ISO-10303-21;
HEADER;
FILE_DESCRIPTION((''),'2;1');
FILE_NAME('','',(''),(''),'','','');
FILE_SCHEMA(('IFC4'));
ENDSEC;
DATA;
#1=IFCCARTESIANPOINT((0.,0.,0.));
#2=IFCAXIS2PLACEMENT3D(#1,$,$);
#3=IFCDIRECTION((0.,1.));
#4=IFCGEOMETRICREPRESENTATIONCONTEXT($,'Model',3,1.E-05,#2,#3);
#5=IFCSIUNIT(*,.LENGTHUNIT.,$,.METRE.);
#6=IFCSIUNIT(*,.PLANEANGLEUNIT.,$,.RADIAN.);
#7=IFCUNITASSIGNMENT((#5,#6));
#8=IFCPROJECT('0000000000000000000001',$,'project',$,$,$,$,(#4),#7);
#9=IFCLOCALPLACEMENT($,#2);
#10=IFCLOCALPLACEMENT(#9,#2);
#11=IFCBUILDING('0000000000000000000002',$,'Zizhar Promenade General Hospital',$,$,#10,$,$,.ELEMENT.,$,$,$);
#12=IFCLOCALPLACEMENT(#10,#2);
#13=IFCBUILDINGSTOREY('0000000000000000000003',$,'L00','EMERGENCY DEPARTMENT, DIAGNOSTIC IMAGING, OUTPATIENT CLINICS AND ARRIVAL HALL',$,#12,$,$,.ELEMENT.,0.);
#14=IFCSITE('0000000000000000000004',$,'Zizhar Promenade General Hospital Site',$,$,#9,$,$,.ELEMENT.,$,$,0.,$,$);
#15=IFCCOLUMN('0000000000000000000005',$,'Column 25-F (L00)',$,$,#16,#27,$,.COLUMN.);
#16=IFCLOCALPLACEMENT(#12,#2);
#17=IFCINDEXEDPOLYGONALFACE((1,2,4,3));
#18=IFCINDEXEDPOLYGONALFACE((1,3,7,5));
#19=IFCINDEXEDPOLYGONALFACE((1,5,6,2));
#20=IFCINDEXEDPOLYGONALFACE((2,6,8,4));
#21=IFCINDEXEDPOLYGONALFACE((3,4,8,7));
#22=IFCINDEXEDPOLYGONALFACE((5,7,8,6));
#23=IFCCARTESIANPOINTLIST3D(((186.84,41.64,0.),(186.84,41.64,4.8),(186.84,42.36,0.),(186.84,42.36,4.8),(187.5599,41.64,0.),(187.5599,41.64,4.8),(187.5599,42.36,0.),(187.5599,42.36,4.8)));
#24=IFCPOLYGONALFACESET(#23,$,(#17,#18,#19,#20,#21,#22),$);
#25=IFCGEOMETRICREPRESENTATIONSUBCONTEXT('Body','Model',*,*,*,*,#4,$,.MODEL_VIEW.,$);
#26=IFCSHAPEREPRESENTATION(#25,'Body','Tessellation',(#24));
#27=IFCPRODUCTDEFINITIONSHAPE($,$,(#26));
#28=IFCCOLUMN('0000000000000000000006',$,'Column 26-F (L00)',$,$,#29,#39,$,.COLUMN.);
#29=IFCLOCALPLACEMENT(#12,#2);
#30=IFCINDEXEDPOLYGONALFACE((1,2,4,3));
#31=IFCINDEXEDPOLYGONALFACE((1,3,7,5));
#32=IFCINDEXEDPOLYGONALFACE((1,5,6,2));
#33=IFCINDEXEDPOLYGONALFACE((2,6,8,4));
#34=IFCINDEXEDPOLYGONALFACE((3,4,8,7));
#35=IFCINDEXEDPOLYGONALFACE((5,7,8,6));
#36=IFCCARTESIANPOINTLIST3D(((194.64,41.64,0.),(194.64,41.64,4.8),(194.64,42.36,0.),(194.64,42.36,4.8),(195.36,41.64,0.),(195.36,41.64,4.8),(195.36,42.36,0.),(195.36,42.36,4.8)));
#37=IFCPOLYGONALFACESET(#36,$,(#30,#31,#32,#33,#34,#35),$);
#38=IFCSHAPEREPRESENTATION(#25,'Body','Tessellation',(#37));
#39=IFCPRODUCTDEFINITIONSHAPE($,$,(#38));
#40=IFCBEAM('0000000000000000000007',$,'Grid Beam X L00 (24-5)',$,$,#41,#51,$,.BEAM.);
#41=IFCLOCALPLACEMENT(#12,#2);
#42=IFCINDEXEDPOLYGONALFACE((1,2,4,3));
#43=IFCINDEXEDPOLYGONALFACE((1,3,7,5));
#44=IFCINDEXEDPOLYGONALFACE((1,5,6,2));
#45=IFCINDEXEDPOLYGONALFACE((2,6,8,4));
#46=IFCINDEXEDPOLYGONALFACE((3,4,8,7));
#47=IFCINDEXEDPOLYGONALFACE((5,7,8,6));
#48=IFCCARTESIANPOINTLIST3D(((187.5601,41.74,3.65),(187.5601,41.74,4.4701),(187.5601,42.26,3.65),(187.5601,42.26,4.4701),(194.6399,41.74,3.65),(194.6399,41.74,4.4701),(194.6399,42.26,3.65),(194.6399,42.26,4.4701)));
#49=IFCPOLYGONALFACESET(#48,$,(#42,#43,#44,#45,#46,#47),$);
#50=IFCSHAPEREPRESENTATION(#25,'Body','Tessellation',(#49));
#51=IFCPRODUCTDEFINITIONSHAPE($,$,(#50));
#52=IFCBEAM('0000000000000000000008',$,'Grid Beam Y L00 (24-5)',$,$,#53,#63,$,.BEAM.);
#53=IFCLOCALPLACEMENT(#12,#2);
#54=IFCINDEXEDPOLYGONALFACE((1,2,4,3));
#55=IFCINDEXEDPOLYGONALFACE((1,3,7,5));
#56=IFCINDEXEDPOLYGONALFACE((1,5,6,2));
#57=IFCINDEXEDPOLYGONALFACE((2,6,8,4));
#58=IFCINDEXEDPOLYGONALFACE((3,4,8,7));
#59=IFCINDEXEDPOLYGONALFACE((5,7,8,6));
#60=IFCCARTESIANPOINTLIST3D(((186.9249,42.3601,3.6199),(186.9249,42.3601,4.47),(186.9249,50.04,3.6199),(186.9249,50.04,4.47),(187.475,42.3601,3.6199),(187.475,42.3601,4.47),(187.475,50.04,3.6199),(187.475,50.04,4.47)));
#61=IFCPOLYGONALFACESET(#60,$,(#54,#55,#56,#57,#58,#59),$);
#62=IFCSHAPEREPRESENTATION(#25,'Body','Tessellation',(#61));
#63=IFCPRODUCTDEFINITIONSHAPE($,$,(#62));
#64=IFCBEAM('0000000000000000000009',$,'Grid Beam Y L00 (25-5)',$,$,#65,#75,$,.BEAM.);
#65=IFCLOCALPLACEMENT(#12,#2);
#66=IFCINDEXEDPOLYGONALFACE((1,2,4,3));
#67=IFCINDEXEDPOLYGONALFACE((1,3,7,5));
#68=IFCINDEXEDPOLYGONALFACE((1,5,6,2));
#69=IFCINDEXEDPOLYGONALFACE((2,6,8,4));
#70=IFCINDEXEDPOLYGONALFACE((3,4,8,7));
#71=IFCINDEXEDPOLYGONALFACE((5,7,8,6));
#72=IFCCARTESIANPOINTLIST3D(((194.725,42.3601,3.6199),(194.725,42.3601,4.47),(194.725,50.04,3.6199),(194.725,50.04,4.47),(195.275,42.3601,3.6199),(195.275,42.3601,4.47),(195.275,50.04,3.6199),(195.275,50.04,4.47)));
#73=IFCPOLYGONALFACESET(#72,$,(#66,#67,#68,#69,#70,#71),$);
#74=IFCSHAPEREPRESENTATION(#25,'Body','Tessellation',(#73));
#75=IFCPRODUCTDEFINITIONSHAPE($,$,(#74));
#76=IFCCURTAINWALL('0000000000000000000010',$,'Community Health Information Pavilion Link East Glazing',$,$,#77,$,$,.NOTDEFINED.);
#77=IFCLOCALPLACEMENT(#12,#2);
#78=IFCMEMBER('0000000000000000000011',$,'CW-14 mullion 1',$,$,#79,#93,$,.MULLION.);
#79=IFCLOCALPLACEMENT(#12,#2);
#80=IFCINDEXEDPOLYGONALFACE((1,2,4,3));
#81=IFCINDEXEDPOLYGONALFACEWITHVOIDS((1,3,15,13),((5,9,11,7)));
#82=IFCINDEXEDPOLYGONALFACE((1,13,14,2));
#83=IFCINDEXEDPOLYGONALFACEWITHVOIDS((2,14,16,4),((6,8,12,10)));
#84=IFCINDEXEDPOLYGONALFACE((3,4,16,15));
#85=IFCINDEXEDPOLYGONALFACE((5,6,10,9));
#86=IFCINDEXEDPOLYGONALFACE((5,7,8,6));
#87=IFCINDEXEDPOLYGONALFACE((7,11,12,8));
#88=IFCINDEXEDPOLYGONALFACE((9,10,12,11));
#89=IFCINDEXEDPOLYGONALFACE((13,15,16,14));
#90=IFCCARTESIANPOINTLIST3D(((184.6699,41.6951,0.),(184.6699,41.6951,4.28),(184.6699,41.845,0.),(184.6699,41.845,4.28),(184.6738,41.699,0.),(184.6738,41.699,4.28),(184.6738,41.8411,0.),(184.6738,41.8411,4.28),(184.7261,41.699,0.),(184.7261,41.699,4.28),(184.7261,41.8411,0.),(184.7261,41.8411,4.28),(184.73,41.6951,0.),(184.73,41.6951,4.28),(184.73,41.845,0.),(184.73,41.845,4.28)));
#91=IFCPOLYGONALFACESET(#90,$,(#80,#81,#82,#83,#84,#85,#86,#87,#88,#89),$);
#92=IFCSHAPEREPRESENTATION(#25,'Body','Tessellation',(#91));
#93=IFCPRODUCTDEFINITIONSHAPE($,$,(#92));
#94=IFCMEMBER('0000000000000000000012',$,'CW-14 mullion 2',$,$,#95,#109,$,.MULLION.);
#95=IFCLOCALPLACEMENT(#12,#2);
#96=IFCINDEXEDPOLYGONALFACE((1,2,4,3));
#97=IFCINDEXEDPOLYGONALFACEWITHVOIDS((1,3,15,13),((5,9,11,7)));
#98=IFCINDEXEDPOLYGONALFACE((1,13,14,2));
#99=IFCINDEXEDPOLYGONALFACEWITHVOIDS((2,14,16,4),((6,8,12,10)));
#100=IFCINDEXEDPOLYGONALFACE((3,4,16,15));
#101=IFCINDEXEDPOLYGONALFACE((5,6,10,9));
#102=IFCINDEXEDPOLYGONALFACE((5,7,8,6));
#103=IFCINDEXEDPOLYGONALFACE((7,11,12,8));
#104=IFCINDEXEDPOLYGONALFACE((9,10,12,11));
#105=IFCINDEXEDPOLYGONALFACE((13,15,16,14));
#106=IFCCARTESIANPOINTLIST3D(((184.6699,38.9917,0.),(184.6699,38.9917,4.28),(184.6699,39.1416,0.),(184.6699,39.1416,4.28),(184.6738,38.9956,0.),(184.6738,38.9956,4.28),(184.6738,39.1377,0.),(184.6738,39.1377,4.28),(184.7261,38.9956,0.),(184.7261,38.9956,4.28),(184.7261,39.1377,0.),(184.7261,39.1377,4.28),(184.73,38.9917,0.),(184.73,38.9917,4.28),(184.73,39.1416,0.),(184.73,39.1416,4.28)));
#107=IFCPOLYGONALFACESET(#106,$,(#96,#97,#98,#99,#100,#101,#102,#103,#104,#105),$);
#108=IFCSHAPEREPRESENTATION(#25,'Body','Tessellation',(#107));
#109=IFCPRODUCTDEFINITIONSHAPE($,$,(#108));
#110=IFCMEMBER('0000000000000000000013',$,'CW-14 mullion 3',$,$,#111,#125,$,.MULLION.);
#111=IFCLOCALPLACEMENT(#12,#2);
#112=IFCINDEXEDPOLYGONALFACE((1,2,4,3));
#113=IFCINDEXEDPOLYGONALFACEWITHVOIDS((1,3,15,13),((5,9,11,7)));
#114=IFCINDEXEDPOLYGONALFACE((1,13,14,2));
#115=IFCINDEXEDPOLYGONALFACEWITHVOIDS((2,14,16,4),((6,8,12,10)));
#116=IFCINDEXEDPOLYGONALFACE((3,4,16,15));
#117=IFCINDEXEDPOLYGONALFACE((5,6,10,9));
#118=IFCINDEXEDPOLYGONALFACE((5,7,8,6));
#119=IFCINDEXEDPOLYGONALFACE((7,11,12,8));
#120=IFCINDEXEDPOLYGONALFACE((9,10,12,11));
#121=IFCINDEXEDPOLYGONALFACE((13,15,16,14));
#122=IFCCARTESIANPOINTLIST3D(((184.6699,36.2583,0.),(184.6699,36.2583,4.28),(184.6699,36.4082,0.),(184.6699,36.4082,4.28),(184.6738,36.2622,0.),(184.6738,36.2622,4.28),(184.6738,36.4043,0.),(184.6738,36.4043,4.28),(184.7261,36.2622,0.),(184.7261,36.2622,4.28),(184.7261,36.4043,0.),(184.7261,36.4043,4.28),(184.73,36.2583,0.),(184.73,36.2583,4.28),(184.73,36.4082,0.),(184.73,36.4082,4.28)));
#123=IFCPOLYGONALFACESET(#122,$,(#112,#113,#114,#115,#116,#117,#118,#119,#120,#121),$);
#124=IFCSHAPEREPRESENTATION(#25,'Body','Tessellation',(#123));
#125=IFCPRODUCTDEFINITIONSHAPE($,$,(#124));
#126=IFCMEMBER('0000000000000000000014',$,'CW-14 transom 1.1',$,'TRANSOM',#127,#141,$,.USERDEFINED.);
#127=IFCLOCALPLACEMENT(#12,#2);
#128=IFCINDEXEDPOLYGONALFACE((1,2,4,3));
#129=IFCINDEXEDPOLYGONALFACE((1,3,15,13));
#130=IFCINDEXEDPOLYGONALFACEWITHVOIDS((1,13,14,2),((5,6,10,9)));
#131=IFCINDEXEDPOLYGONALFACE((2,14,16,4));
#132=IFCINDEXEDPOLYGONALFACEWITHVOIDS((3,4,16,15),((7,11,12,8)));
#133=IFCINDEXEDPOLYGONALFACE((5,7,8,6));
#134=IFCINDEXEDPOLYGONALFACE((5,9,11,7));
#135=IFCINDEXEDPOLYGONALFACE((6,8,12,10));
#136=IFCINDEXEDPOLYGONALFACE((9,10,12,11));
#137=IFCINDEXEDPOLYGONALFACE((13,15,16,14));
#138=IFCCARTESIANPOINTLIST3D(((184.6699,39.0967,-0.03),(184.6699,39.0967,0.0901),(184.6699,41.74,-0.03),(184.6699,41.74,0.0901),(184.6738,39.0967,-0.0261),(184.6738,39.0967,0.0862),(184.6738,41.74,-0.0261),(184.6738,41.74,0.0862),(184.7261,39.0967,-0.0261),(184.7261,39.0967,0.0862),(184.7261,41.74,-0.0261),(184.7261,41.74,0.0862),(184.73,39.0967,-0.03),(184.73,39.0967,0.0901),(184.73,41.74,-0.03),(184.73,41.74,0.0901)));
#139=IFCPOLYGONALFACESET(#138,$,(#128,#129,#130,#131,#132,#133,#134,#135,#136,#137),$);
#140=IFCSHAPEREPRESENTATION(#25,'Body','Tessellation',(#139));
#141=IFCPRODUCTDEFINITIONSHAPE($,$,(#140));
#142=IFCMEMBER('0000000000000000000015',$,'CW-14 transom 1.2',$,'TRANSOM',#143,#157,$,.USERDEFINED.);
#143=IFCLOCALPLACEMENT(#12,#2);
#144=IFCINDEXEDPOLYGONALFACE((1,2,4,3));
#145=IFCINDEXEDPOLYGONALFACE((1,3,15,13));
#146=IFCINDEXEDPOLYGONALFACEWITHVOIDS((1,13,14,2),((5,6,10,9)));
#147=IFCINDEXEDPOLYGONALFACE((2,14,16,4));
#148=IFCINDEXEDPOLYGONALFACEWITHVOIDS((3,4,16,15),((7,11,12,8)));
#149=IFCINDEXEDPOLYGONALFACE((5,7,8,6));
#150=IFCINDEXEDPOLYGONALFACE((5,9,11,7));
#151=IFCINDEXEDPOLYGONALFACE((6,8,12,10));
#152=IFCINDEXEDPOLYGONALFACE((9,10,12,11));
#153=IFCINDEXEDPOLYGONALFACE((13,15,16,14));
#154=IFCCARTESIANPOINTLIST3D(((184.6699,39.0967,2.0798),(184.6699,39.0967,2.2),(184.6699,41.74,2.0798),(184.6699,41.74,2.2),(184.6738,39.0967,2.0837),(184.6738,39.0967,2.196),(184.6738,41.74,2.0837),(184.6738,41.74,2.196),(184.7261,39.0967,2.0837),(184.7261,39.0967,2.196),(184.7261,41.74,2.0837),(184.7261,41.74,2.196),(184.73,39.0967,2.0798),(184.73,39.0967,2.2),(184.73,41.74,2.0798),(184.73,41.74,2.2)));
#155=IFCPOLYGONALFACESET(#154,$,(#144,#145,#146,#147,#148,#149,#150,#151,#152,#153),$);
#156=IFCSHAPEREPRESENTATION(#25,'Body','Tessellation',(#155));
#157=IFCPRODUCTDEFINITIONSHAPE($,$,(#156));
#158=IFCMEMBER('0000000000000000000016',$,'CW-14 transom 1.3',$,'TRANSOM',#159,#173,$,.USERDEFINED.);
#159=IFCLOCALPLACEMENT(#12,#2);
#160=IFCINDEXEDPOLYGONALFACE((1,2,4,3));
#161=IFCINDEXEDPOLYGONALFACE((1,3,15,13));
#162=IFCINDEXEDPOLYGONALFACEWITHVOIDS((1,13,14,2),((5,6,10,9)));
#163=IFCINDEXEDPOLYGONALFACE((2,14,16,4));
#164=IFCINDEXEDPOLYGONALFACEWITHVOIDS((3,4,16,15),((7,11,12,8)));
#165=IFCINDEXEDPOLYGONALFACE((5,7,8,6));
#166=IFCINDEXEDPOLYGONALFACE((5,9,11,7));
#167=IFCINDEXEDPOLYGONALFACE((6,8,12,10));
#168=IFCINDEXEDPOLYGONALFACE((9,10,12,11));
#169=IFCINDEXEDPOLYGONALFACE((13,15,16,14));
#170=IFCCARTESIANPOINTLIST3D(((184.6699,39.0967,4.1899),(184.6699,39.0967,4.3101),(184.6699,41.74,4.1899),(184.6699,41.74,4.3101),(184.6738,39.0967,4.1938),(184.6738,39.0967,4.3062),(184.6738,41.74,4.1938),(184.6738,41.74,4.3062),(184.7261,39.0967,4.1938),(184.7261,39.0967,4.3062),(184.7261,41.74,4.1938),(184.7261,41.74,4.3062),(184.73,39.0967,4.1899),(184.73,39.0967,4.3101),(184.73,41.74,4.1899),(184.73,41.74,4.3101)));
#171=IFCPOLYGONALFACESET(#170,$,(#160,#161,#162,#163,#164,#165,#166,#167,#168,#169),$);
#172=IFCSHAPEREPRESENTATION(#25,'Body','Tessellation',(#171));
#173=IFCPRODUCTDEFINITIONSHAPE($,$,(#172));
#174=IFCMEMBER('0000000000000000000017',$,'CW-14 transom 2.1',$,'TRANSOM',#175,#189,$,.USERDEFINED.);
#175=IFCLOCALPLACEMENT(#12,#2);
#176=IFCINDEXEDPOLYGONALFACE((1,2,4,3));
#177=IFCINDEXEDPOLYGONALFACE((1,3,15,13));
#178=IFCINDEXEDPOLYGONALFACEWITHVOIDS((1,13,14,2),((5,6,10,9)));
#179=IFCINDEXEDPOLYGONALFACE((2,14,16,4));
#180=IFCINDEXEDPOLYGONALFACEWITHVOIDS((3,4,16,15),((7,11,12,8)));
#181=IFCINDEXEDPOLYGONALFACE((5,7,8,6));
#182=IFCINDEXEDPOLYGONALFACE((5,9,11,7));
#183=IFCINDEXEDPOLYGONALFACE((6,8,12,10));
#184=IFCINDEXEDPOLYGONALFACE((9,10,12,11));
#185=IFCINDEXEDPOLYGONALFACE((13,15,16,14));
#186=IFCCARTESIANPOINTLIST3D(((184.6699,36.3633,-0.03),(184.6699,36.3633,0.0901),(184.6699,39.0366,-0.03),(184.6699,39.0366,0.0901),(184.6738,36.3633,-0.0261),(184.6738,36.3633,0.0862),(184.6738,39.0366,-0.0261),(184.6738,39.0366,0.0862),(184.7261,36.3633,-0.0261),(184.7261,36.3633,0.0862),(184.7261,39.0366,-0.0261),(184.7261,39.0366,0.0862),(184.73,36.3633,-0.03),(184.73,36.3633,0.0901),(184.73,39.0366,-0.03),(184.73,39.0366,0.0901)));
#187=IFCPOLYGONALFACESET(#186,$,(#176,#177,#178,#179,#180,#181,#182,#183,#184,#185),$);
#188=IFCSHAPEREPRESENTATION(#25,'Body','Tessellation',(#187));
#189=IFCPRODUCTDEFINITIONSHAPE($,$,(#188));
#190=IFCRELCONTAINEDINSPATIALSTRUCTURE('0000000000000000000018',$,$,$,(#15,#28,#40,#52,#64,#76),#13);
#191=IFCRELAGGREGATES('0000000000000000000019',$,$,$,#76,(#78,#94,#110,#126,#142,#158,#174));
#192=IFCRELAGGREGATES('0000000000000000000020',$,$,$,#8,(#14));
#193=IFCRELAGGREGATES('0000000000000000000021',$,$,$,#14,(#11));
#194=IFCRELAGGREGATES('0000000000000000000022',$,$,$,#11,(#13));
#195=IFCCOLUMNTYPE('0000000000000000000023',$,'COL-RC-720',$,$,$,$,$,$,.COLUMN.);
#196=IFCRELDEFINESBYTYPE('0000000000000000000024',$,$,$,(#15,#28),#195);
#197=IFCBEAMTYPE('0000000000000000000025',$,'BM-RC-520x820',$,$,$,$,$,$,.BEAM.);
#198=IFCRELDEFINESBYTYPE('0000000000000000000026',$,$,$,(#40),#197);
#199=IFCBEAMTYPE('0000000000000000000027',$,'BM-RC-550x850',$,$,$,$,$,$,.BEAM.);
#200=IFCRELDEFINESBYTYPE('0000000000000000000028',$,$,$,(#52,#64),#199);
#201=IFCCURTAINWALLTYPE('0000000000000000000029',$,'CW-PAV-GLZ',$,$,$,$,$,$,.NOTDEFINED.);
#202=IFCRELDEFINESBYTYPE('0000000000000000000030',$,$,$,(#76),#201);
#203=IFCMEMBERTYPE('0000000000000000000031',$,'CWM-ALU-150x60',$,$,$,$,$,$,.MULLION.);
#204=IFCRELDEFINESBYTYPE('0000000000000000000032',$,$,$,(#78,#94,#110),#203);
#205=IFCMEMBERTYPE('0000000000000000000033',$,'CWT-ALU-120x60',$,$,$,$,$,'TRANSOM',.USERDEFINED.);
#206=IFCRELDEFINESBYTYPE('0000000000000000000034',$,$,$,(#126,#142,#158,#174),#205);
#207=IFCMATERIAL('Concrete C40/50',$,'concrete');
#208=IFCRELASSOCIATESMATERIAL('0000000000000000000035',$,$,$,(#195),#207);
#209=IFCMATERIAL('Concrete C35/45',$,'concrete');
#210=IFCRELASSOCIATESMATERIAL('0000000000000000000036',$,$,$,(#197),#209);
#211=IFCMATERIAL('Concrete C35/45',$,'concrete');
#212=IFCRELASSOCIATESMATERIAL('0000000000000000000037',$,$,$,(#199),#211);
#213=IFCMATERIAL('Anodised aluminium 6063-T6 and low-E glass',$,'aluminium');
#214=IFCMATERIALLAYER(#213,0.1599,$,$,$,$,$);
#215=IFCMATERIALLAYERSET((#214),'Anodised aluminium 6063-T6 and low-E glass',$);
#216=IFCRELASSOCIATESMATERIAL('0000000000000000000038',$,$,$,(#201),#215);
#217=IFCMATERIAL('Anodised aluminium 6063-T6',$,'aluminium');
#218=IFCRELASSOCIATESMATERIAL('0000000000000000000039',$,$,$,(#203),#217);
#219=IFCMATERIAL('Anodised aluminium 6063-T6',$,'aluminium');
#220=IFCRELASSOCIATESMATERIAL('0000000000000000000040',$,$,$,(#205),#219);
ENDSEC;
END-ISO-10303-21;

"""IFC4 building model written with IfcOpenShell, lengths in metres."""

from ifc_helpers import new_model, si_unit, direction, frame, origin, origin_2d, place, context, subcontext, project, spatial, rectangle, hollow_rectangle, extrude, material, layer, layer_set, material_profile, profile_set, type_object, element, aggregate, save


model = new_model("IFC4")

# Units and contexts
model_context = context("Model", 3, precision=1e-05, world=origin(), true_north=direction((0.0, 1.0)))
body_context = subcontext(model_context, "Body", "Model", "MODEL_VIEW")
ifc_project = project(units=[si_unit("LENGTHUNIT", "METRE"), si_unit("PLANEANGLEUNIT", "RADIAN")], contexts=[model_context])

# Site, building, storey
site_placement = place(None, origin())
site = spatial("IfcSite", under=ifc_project, at=site_placement, Name="Zizhar Promenade General Hospital Site", CompositionType="ELEMENT", RefElevation=0.0)
building_placement = place(site_placement, origin())
building = spatial("IfcBuilding", under=site, at=building_placement, Name="Zizhar Promenade General Hospital", CompositionType="ELEMENT")
storey_placement = place(building_placement, origin())
storey = spatial("IfcBuildingStorey", under=building, at=storey_placement, Name="L00", Description="EMERGENCY DEPARTMENT, DIAGNOSTIC IMAGING, OUTPATIENT CLINICS AND ARRIVAL HALL", CompositionType="ELEMENT", Elevation=0.0)

# Columns
ifc_material_1 = material(Name="Concrete C40/50", Category="concrete")
ifc_material_profile_1 = material_profile(ifc_material_1, rectangle(XDim=0.72, YDim=0.72, at=origin_2d()))
ifc_profile_set_1 = profile_set([ifc_material_profile_1], Name="Concrete C40/50")
column_type = type_object("IfcColumnType", Name="COL-RC-720", PredefinedType="COLUMN", material=ifc_profile_set_1)
for number, where, z_axis, x_axis, name in (
    (1, (187.2, 42.0, 0.0), (0.0, 0.0, 1.0), (1.0, 0.0, 0.0), "Column 25-F (L00)"),
    (2, (195.0, 42.0, 0.0), (0.0, 0.0, 1.0), (1.0, 0.0, 0.0), "Column 26-F (L00)"),
):
    element("IfcColumn", number, at=place(storey_placement, frame(where, z_axis=z_axis, x_axis=x_axis)), inside=storey, type_object=column_type, Name=name, PredefinedType="COLUMN", context=body_context, shape_type="SweptSolid", body=[
        extrude(rectangle(XDim=0.72, YDim=0.72, at=origin_2d()), origin(), (0.0, 0.0, 1.0), 4.8),
    ])

# Beams
ifc_material_2 = material(Name="Concrete C35/45", Category="concrete")
ifc_material_profile_2 = material_profile(ifc_material_2, rectangle(XDim=0.52, YDim=0.8201, at=origin_2d()))
ifc_profile_set_2 = profile_set([ifc_material_profile_2], Name="Concrete C35/45")
beam_type_1 = type_object("IfcBeamType", Name="BM-RC-520x820", PredefinedType="BEAM", material=ifc_profile_set_2)
beam_placement = place(storey_placement, frame((187.5601, 42.0, 4.0601), z_axis=(1.0, 0.0, 0.0), x_axis=(0.0, 1.0, 0.0)))
element("IfcBeam", 3, at=beam_placement, inside=storey, type_object=beam_type_1, Name="Grid Beam X L00 (24-5)", PredefinedType="BEAM", context=body_context, shape_type="SweptSolid", body=[
    extrude(rectangle(XDim=0.52, YDim=0.8201, at=origin_2d()), origin(), (0.0, 0.0, 1.0), 7.0798),
])
ifc_material_3 = material(Name="Concrete C35/45", Category="concrete")
ifc_material_profile_3 = material_profile(ifc_material_3, rectangle(XDim=0.55, YDim=0.8501, at=origin_2d()))
ifc_profile_set_3 = profile_set([ifc_material_profile_3], Name="Concrete C35/45")
beam_type_2 = type_object("IfcBeamType", Name="BM-RC-550x850", PredefinedType="BEAM", material=ifc_profile_set_3)
for number, where, z_axis, x_axis, name in (
    (4, (187.2, 42.3601, 4.0449), (0.0, 1.0, 0.0), (-1.0, 0.0, 0.0), "Grid Beam Y L00 (24-5)"),
    (5, (195.0, 42.3601, 4.0449), (0.0, 1.0, 0.0), (-1.0, 0.0, 0.0), "Grid Beam Y L00 (25-5)"),
):
    element("IfcBeam", number, at=place(storey_placement, frame(where, z_axis=z_axis, x_axis=x_axis)), inside=storey, type_object=beam_type_2, Name=name, PredefinedType="BEAM", context=body_context, shape_type="SweptSolid", body=[
        extrude(rectangle(XDim=0.55, YDim=0.8501, at=origin_2d()), origin(), (0.0, 0.0, 1.0), 7.6799),
    ])

# Curtain wall, members
ifc_material_4 = material(Name="Anodised aluminium 6063-T6 and low-E glass", Category="aluminium")
ifc_layer_1 = layer(ifc_material_4, 0.1599)
ifc_layer_set_1 = layer_set([ifc_layer_1], Name="Anodised aluminium 6063-T6 and low-E glass")
curtain_wall_type = type_object("IfcCurtainWallType", Name="CW-PAV-GLZ", PredefinedType="NOTDEFINED", material=ifc_layer_set_1)
curtain_wall_placement = place(storey_placement, origin())
curtain_wall = element("IfcCurtainWall", 6, at=curtain_wall_placement, inside=storey, type_object=curtain_wall_type, Name="Community Health Information Pavilion Link East Glazing", PredefinedType="NOTDEFINED")
ifc_material_5 = material(Name="Anodised aluminium 6063-T6", Category="aluminium")
ifc_material_profile_4 = material_profile(ifc_material_5, hollow_rectangle(XDim=0.0601, YDim=0.1499, WallThickness=0.0039, at=origin_2d()))
ifc_profile_set_4 = profile_set([ifc_material_profile_4], Name="Anodised aluminium 6063-T6")
member_type_1 = type_object("IfcMemberType", Name="CWM-ALU-150x60", PredefinedType="MULLION", material=ifc_profile_set_4)
member_1_placement = place(storey_placement, frame((184.7, 41.77, 0.0), z_axis=(0.0, 0.0, 1.0), x_axis=(1.0, 0.0, 0.0)))
member_1 = element("IfcMember", 7, at=member_1_placement, type_object=member_type_1, Name="CW-14 mullion 1", PredefinedType="MULLION", context=body_context, shape_type="SweptSolid", body=[
    extrude(hollow_rectangle(XDim=0.0601, YDim=0.1499, WallThickness=0.0039, at=origin_2d()), origin(), (0.0, 0.0, 1.0), 4.28),
])
member_2_placement = place(storey_placement, frame((184.7, 39.0667, 0.0), z_axis=(0.0, 0.0, 1.0), x_axis=(1.0, 0.0, 0.0)))
member_2 = element("IfcMember", 8, at=member_2_placement, type_object=member_type_1, Name="CW-14 mullion 2", PredefinedType="MULLION", context=body_context, shape_type="SweptSolid", body=[
    extrude(hollow_rectangle(XDim=0.0601, YDim=0.1499, WallThickness=0.0039, at=origin_2d()), origin(), (0.0, 0.0, 1.0), 4.28),
])
member_3_placement = place(storey_placement, frame((184.7, 36.3333, 0.0), z_axis=(0.0, 0.0, 1.0), x_axis=(1.0, 0.0, 0.0)))
member_3 = element("IfcMember", 9, at=member_3_placement, type_object=member_type_1, Name="CW-14 mullion 3", PredefinedType="MULLION", context=body_context, shape_type="SweptSolid", body=[
    extrude(hollow_rectangle(XDim=0.0601, YDim=0.1499, WallThickness=0.0039, at=origin_2d()), origin(), (0.0, 0.0, 1.0), 4.28),
])
ifc_material_6 = material(Name="Anodised aluminium 6063-T6", Category="aluminium")
ifc_material_profile_5 = material_profile(ifc_material_6, hollow_rectangle(XDim=0.0601, YDim=0.1201, WallThickness=0.0039, at=origin_2d()))
ifc_profile_set_5 = profile_set([ifc_material_profile_5], Name="Anodised aluminium 6063-T6")
member_type_2 = type_object("IfcMemberType", Name="CWT-ALU-120x60", ElementType="TRANSOM", PredefinedType="USERDEFINED", material=ifc_profile_set_5)
member_4_placement = place(storey_placement, frame((184.7, 41.74, 0.03), z_axis=(0.0, -1.0, 0.0), x_axis=(1.0, 0.0, 0.0)))
member_4 = element("IfcMember", 10, at=member_4_placement, type_object=member_type_2, Name="CW-14 transom 1.1", ObjectType="TRANSOM", PredefinedType="USERDEFINED", context=body_context, shape_type="SweptSolid", body=[
    extrude(hollow_rectangle(XDim=0.0601, YDim=0.1201, WallThickness=0.0039, at=origin_2d()), origin(), (0.0, 0.0, 1.0), 2.6433),
])
member_5_placement = place(storey_placement, frame((184.7, 41.74, 2.1399), z_axis=(0.0, -1.0, 0.0), x_axis=(1.0, 0.0, 0.0)))
member_5 = element("IfcMember", 11, at=member_5_placement, type_object=member_type_2, Name="CW-14 transom 1.2", ObjectType="TRANSOM", PredefinedType="USERDEFINED", context=body_context, shape_type="SweptSolid", body=[
    extrude(hollow_rectangle(XDim=0.0601, YDim=0.1201, WallThickness=0.0039, at=origin_2d()), origin(), (0.0, 0.0, 1.0), 2.6433),
])
member_6_placement = place(storey_placement, frame((184.7, 41.74, 4.25), z_axis=(0.0, -1.0, 0.0), x_axis=(1.0, 0.0, 0.0)))
member_6 = element("IfcMember", 12, at=member_6_placement, type_object=member_type_2, Name="CW-14 transom 1.3", ObjectType="TRANSOM", PredefinedType="USERDEFINED", context=body_context, shape_type="SweptSolid", body=[
    extrude(hollow_rectangle(XDim=0.0601, YDim=0.1201, WallThickness=0.0039, at=origin_2d()), origin(), (0.0, 0.0, 1.0), 2.6433),
])
member_7_placement = place(storey_placement, frame((184.7, 39.0366, 0.03), z_axis=(0.0, -1.0, 0.0), x_axis=(1.0, 0.0, 0.0)))
member_7 = element("IfcMember", 13, at=member_7_placement, type_object=member_type_2, Name="CW-14 transom 2.1", ObjectType="TRANSOM", PredefinedType="USERDEFINED", context=body_context, shape_type="SweptSolid", body=[
    extrude(hollow_rectangle(XDim=0.0601, YDim=0.1201, WallThickness=0.0039, at=origin_2d()), origin(), (0.0, 0.0, 1.0), 2.6733),
])
aggregate(curtain_wall, [member_1, member_2, member_3, member_4, member_5, member_6, member_7])

save(model, "model.ifc")
